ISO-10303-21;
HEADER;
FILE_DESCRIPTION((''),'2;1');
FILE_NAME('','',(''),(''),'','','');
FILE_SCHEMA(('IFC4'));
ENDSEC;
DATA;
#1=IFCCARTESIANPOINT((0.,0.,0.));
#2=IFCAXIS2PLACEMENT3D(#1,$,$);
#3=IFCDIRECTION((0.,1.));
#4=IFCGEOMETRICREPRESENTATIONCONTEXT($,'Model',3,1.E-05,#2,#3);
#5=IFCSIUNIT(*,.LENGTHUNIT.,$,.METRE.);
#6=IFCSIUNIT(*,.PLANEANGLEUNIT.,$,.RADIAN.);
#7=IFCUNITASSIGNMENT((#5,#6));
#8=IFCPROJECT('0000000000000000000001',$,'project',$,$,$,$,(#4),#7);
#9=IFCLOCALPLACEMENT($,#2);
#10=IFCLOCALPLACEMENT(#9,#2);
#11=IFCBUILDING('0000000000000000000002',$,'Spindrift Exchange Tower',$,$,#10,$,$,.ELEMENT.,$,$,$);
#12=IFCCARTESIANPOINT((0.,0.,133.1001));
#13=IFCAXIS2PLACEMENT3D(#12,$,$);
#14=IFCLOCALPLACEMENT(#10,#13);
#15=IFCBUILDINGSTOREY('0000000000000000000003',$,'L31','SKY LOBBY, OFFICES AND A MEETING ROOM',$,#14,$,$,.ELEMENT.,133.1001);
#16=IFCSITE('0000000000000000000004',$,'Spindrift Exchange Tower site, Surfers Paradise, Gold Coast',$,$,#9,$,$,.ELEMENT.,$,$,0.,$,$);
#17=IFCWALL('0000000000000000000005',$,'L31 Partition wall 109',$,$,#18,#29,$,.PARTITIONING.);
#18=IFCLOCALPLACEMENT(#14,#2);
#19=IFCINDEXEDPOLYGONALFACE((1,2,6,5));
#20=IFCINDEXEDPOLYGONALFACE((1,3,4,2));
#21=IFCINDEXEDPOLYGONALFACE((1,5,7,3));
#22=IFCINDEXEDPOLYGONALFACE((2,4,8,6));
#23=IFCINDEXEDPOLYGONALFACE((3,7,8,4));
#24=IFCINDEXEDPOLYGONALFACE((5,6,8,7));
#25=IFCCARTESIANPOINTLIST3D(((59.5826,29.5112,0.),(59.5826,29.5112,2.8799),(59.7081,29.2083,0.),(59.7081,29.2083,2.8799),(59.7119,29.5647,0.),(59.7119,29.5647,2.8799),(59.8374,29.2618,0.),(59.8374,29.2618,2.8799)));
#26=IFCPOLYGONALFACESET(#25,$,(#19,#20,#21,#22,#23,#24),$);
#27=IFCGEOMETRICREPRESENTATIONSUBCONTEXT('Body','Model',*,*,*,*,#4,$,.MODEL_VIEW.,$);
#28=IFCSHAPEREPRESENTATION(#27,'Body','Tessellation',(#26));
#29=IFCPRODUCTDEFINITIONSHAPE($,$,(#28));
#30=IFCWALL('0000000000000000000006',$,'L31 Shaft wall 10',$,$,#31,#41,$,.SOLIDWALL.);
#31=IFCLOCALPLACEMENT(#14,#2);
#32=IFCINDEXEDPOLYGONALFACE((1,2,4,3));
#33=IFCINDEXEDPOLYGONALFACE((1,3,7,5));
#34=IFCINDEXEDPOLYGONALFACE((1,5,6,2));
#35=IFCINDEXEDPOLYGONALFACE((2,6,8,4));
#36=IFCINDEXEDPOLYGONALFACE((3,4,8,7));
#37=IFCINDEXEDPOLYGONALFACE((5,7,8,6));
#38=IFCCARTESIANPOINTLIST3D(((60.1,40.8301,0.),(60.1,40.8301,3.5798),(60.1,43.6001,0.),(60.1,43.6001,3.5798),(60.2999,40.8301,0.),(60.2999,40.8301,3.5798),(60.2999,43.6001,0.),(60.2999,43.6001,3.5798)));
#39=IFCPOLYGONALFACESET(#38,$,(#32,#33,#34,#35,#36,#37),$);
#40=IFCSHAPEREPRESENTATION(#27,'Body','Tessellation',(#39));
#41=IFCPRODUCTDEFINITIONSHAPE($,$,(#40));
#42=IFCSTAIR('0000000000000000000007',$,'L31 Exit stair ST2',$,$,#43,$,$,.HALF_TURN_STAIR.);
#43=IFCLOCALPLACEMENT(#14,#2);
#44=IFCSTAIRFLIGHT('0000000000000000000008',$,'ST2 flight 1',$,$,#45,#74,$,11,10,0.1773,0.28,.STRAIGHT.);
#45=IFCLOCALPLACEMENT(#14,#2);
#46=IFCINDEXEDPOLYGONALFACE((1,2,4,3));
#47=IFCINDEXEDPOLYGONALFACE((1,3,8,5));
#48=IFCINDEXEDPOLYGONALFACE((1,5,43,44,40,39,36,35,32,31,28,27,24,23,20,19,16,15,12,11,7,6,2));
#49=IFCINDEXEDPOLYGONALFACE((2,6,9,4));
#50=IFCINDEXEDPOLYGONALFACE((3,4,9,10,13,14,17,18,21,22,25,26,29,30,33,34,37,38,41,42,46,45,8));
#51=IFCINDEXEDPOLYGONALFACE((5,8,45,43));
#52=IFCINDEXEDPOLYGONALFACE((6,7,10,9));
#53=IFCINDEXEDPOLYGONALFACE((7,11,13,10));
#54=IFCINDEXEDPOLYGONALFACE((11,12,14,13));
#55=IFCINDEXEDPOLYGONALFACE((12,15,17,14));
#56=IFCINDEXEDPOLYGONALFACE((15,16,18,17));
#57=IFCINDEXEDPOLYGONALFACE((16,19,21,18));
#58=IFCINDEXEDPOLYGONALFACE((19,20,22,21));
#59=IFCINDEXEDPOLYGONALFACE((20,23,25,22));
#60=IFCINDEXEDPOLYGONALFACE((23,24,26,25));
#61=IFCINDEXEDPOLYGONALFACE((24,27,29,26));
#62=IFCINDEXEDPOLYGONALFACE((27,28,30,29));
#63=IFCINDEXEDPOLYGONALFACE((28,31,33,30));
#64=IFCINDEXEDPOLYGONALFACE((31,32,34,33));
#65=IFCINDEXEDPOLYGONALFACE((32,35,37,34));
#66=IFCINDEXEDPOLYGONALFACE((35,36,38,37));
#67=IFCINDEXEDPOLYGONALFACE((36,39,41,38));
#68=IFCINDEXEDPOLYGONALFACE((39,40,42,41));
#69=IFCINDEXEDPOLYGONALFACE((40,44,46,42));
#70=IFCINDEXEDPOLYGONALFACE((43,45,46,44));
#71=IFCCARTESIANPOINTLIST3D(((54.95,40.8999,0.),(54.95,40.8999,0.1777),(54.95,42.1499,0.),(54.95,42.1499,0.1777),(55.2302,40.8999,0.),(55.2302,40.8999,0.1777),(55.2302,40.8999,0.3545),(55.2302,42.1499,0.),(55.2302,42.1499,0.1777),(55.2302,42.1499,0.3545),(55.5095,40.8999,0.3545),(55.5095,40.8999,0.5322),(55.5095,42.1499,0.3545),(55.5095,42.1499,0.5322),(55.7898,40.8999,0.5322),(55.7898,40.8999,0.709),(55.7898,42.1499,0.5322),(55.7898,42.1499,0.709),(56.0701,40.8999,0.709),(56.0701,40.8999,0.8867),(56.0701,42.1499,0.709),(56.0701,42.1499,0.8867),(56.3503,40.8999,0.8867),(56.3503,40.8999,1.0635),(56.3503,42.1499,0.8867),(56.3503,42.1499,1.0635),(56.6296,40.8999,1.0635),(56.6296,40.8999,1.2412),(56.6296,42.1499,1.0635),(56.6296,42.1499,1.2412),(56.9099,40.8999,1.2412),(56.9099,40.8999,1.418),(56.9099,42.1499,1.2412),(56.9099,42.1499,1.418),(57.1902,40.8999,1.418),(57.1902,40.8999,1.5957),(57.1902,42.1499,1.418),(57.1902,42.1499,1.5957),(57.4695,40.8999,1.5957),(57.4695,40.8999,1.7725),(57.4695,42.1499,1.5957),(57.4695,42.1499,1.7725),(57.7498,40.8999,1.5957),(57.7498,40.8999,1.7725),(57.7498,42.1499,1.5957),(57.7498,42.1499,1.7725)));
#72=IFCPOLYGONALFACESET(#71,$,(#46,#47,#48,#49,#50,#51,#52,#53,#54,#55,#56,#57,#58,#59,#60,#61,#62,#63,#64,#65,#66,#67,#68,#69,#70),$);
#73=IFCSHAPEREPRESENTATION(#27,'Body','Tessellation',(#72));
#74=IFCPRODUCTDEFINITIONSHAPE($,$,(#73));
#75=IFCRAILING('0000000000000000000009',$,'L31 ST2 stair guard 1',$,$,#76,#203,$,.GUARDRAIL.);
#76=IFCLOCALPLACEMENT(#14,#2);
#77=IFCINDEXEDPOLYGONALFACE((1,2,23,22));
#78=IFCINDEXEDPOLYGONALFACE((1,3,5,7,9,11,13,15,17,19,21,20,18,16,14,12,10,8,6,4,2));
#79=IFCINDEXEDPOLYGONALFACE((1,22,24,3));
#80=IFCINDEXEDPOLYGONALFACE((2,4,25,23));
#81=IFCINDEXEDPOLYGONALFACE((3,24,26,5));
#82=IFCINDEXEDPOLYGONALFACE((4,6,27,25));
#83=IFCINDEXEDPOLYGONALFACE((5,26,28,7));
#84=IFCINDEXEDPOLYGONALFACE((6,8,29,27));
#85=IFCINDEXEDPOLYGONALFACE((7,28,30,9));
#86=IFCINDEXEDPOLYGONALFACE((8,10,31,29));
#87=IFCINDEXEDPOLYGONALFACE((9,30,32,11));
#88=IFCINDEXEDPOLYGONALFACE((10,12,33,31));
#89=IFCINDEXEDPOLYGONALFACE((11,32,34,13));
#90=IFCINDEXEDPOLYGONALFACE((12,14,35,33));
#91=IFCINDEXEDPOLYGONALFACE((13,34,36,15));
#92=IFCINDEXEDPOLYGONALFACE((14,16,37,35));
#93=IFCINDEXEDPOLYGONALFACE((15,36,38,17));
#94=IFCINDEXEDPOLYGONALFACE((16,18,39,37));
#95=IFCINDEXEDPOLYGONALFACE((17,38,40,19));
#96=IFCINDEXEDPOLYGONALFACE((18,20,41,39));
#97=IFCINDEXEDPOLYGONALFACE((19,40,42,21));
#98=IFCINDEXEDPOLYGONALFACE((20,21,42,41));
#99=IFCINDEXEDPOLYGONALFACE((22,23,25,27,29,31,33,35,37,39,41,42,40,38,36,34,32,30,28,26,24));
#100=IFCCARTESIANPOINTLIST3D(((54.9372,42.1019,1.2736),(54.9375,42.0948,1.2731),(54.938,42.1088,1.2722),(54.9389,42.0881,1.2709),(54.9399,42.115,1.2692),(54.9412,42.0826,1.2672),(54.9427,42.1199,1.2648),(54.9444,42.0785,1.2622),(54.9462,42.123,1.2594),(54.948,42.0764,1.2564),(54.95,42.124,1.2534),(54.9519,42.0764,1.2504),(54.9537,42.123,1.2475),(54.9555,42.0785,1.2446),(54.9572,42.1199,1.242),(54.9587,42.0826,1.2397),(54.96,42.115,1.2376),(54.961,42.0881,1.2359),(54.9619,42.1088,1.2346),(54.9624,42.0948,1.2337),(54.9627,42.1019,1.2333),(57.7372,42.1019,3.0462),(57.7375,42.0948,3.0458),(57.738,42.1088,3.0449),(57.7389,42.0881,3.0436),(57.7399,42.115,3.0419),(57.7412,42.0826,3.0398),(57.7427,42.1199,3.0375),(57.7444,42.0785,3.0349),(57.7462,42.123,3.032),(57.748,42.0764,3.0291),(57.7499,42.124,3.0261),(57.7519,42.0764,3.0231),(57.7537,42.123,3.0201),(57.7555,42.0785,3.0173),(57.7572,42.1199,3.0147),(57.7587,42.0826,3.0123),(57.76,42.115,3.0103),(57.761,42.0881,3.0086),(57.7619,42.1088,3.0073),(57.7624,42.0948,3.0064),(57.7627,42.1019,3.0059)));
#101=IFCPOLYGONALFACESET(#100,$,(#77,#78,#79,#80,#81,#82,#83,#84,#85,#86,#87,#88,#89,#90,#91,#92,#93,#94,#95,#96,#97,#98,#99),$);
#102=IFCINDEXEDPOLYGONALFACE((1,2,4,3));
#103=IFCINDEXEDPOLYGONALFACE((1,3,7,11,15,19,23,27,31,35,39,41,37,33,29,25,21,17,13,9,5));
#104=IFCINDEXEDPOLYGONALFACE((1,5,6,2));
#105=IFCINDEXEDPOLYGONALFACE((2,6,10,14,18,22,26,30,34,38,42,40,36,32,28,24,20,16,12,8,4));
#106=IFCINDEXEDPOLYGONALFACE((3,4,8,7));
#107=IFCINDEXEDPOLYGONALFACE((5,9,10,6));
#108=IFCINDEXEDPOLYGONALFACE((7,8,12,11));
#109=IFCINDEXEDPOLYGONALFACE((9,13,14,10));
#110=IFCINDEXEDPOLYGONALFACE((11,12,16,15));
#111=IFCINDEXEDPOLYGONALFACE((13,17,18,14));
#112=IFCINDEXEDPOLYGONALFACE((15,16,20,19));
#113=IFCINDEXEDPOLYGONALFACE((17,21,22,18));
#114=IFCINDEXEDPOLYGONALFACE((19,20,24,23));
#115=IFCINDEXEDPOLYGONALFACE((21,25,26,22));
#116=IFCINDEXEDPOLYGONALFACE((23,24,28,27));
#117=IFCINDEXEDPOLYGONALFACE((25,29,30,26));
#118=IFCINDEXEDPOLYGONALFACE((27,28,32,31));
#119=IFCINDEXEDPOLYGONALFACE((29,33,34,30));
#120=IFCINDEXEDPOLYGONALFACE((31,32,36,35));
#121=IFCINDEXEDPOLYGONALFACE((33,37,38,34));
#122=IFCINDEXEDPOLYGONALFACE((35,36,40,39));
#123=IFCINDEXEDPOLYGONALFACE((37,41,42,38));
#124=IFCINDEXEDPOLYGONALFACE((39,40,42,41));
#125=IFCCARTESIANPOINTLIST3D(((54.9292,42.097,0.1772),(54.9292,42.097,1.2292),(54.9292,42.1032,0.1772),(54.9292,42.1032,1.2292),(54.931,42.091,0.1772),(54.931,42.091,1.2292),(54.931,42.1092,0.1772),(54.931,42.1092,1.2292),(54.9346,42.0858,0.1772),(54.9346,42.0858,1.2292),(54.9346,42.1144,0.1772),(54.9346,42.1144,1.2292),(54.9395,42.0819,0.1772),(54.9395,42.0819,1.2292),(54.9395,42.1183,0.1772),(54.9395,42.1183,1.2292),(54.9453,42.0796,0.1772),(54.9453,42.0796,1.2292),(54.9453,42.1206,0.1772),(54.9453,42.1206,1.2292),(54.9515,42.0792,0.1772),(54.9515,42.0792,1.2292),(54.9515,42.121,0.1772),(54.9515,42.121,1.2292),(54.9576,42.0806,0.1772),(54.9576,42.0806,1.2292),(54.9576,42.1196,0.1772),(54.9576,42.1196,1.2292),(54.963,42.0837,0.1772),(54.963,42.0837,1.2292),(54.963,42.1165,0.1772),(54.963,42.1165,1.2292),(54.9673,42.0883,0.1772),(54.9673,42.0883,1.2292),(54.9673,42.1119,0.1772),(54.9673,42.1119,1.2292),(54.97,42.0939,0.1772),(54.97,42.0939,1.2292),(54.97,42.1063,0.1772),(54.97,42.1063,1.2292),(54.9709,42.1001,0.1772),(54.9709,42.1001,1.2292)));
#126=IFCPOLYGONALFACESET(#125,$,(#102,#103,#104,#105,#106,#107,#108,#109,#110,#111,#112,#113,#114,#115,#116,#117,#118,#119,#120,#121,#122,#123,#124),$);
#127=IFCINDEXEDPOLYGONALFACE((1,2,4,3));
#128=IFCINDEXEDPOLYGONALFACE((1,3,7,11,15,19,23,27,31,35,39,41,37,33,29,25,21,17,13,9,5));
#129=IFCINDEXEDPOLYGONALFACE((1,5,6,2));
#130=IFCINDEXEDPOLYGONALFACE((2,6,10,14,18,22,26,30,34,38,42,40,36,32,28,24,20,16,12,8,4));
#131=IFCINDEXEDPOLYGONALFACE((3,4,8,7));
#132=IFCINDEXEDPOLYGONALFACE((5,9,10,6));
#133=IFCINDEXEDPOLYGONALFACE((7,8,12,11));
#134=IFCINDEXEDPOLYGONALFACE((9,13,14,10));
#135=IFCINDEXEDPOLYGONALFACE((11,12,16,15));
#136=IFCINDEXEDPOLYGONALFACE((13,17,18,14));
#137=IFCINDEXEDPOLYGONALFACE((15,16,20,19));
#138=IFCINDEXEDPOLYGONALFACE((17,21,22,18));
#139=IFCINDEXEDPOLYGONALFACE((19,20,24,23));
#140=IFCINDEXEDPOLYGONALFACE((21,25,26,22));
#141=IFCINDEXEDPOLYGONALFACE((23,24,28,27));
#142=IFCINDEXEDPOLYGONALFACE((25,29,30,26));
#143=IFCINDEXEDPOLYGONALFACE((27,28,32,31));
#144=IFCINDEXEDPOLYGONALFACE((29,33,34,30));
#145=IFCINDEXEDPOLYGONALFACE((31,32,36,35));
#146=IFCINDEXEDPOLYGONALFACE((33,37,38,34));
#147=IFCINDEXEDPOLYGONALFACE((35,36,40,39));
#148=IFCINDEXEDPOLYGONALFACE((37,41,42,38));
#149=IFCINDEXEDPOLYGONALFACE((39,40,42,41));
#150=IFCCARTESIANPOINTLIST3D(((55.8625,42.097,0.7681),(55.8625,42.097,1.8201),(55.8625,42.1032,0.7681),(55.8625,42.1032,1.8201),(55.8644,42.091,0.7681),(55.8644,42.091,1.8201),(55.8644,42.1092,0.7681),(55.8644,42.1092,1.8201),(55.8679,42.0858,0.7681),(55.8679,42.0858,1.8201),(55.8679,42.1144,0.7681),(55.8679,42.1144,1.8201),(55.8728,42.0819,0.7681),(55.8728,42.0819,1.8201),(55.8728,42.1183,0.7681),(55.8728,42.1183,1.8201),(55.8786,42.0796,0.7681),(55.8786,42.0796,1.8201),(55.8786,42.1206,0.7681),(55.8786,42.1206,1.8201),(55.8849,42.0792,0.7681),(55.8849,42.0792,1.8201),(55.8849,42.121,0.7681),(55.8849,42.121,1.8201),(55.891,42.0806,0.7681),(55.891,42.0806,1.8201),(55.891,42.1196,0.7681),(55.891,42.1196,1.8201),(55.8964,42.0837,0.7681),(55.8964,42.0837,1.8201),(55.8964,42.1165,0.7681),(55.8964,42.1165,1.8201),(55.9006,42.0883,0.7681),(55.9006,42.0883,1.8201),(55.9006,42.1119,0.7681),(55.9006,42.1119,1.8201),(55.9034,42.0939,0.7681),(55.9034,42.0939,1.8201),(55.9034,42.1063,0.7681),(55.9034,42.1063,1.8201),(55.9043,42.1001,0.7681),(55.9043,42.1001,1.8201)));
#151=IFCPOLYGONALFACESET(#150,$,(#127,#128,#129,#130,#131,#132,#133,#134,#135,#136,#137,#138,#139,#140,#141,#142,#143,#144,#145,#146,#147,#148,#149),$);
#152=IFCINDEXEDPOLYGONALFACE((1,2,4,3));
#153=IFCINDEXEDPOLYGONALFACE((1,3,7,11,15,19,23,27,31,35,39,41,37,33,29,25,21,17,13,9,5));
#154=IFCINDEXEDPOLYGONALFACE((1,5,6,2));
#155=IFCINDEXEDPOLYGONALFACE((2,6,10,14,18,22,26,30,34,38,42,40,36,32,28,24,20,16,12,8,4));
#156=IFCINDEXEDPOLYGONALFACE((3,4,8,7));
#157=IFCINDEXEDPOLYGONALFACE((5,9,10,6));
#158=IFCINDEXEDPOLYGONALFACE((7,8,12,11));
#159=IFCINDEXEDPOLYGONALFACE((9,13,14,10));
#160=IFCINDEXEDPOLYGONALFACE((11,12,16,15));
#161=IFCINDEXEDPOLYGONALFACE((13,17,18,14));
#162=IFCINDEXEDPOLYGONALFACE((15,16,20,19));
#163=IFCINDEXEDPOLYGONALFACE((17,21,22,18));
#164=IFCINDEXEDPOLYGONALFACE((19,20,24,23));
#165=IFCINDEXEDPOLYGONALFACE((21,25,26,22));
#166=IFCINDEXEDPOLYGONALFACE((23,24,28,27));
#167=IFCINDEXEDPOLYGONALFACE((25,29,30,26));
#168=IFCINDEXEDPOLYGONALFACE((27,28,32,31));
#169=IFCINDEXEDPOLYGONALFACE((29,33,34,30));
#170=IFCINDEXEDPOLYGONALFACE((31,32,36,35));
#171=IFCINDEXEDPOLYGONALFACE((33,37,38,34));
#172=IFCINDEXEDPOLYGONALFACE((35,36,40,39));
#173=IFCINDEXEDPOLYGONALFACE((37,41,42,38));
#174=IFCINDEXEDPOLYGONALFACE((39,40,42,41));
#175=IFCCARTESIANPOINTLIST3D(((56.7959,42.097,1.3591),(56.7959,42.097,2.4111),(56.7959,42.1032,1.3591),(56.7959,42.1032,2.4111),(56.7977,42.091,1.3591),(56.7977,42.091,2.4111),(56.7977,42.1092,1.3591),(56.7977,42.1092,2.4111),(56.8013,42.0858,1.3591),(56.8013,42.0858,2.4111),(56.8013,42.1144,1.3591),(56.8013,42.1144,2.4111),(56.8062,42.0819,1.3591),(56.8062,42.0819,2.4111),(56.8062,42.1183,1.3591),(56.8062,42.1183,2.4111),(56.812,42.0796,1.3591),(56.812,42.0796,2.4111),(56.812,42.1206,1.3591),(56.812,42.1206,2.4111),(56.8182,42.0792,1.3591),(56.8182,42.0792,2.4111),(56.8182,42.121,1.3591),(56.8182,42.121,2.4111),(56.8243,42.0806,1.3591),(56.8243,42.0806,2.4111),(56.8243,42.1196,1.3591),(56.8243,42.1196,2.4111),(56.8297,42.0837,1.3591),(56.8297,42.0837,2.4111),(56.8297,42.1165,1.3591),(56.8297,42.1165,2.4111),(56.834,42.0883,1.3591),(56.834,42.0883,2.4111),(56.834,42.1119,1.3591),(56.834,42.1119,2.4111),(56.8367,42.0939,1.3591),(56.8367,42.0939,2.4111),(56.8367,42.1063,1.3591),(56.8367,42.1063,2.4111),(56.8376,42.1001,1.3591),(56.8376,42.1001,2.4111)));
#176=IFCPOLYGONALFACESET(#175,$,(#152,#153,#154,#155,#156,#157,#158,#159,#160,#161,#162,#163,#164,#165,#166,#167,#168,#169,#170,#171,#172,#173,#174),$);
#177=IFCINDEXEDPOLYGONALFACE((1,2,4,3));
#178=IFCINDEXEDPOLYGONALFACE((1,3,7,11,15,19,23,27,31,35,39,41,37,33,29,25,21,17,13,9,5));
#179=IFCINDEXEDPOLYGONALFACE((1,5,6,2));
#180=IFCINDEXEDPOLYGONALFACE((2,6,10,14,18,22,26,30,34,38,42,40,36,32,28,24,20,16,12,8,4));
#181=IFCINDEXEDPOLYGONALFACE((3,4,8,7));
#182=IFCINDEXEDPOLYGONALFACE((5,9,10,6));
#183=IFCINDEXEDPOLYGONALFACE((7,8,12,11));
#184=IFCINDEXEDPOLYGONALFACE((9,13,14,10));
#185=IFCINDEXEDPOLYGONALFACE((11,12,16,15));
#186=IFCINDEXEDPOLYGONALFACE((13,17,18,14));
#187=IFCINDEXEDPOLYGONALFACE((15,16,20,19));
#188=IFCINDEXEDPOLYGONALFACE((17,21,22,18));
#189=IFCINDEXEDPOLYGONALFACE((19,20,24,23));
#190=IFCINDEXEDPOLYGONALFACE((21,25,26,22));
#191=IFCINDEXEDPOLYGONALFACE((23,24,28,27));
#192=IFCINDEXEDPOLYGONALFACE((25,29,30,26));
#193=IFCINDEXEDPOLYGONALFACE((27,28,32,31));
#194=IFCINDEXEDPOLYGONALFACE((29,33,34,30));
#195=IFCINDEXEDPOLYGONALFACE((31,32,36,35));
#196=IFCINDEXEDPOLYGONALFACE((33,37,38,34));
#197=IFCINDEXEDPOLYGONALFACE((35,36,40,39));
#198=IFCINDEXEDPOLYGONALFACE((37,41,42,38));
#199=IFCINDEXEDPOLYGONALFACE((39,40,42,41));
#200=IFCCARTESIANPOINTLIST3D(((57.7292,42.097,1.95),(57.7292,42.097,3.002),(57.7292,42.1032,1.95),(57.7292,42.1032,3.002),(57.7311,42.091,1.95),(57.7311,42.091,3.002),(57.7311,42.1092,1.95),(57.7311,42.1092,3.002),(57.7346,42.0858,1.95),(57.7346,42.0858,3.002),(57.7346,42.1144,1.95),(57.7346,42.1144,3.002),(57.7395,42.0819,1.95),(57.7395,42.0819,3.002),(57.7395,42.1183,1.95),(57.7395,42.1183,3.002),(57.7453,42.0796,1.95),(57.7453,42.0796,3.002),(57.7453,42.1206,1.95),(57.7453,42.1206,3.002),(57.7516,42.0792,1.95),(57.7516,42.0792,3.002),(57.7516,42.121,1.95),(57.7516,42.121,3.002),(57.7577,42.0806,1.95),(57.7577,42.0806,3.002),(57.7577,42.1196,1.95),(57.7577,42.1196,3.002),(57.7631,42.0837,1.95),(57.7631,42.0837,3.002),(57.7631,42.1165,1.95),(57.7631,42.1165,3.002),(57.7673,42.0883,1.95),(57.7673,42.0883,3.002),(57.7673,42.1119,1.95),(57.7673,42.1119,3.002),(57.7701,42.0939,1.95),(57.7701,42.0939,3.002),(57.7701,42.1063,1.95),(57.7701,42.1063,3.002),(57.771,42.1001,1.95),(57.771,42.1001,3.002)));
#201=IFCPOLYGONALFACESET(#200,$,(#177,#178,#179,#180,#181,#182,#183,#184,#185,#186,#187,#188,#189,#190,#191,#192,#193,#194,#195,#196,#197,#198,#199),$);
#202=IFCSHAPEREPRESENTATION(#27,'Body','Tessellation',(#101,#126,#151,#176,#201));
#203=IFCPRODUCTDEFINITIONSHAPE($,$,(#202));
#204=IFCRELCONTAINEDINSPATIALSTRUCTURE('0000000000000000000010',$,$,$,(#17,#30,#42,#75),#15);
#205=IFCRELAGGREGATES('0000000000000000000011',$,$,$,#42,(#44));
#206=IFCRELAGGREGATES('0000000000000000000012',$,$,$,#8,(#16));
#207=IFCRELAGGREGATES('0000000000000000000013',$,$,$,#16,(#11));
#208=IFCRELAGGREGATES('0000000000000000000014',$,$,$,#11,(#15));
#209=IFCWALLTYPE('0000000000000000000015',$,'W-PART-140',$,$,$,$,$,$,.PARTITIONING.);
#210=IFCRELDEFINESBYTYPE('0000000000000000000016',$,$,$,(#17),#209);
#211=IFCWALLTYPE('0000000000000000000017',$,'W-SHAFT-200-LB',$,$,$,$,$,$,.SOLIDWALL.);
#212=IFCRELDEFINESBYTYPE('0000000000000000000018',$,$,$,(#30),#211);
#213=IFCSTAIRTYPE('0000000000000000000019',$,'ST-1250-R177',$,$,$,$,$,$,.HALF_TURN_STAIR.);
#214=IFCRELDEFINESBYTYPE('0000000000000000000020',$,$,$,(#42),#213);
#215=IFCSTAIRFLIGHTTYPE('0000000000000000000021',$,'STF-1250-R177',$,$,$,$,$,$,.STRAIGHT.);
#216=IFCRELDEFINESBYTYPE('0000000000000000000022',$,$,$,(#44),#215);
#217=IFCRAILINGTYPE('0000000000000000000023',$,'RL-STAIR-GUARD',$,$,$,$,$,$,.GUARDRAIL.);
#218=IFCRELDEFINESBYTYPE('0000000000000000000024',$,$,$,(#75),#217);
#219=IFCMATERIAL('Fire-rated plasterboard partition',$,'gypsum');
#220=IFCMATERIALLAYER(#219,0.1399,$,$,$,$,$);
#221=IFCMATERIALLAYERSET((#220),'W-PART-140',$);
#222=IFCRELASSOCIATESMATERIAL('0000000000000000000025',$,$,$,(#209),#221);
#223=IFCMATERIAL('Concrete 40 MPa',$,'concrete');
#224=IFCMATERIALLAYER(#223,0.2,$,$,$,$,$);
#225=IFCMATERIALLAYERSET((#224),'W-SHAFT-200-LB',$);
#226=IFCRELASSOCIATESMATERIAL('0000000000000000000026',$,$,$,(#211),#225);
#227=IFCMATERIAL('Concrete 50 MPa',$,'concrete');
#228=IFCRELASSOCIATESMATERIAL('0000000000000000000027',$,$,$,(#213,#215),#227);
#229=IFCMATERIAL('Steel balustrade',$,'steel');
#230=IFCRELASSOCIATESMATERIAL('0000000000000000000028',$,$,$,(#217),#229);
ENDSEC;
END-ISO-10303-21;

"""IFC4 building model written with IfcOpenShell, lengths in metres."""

from ifc_helpers import new_model, si_unit, direction, frame, frame_2d, origin, origin_2d, place, context, subcontext, project, spatial, line, indexed_curve, rectangle, circle, outline, extrude, material, layer, layer_set, type_object, element, aggregate, save


model = new_model("IFC4")

# Units and contexts
model_context = context("Model", 3, precision=1e-05, world=origin(), true_north=direction((0.0, 1.0)))
body_context = subcontext(model_context, "Body", "Model", "MODEL_VIEW")
ifc_project = project(units=[si_unit("LENGTHUNIT", "METRE"), si_unit("PLANEANGLEUNIT", "RADIAN")], contexts=[model_context])

# Site, building, storey
site_placement = place(None, origin())
site = spatial("IfcSite", under=ifc_project, at=site_placement, Name="Spindrift Exchange Tower site, Surfers Paradise, Gold Coast", CompositionType="ELEMENT", RefElevation=0.0)
building_placement = place(site_placement, origin())
building = spatial("IfcBuilding", under=site, at=building_placement, Name="Spindrift Exchange Tower", CompositionType="ELEMENT")
storey_placement = place(building_placement, frame((0.0, 0.0, 133.1001)))
storey = spatial("IfcBuildingStorey", under=building, at=storey_placement, Name="L31", Description="SKY LOBBY, OFFICES AND A MEETING ROOM", CompositionType="ELEMENT", Elevation=133.1001)

# Shared definitions
ifc_material_1 = material(Name="Concrete 50 MPa", Category="concrete")

# Shared definitions
ifc_material_2 = material(Name="Concrete 40 MPa", Category="concrete")

# Shared definitions
ifc_material_3 = material(Name="Fire-rated plasterboard partition", Category="gypsum")

# Walls
ifc_layer_1 = layer(ifc_material_3, 0.1399)
ifc_layer_set_1 = layer_set([ifc_layer_1], Name="W-PART-140")
wall_type_1 = type_object("IfcWallType", Name="W-PART-140", PredefinedType="PARTITIONING", material=ifc_layer_set_1)
wall_1_placement = place(storey_placement, frame((59.6472, 29.5381, 0.0), z_axis=(0.0, 0.0, 1.0), x_axis=(0.382659, -0.92389, 0.0)))
element("IfcWall", 1, at=wall_1_placement, inside=storey, type_object=wall_type_1, Name="L31 Partition wall 109", PredefinedType="PARTITIONING", context=body_context, shape_type="SweptSolid", body=[
    extrude(rectangle(XDim=0.3279, YDim=0.1399, at=frame_2d((0.1641, 0.0))), origin(), (0.0, 0.0, 1.0), 2.8799),
])
ifc_layer_2 = layer(ifc_material_2, 0.2)
ifc_layer_set_2 = layer_set([ifc_layer_2], Name="W-SHAFT-200-LB")
wall_type_2 = type_object("IfcWallType", Name="W-SHAFT-200-LB", PredefinedType="SOLIDWALL", material=ifc_layer_set_2)
wall_2_placement = place(storey_placement, frame((60.2, 40.8301, 0.0), z_axis=(0.0, 0.0, 1.0), x_axis=(0.0, 1.0, 0.0)))
element("IfcWall", 2, at=wall_2_placement, inside=storey, type_object=wall_type_2, Name="L31 Shaft wall 10", PredefinedType="SOLIDWALL", context=body_context, shape_type="SweptSolid", body=[
    extrude(rectangle(XDim=2.77, YDim=0.2, at=frame_2d((1.385, 0.0))), origin(), (0.0, 0.0, 1.0), 3.5798),
])

# Stair, stair flight
stair_type = type_object("IfcStairType", Name="ST-1250-R177", PredefinedType="HALF_TURN_STAIR", material=ifc_material_1)
stair_placement = place(storey_placement, origin())
stair = element("IfcStair", 3, at=stair_placement, inside=storey, type_object=stair_type, Name="L31 Exit stair ST2", PredefinedType="HALF_TURN_STAIR")
stair_flight_type = type_object("IfcStairFlightType", Name="STF-1250-R177", PredefinedType="STRAIGHT", material=ifc_material_1)
stair_flight_placement = place(storey_placement, frame((54.95, 41.5249, 0.0), z_axis=(0.0, 0.0, 1.0), x_axis=(1.0, 0.0, 0.0)))
stair_flight = element("IfcStairFlight", 4, at=stair_flight_placement, type_object=stair_flight_type, Name="ST2 flight 1", NumberOfRisers=11, NumberOfTreads=10, PredefinedType="STRAIGHT", RiserHeight=0.1773, TreadLength=0.28, context=body_context, shape_type="SweptSolid", body=[
    extrude(outline(indexed_curve([(0.0, 0.0), (0.0, 0.1777), (0.2803, 0.1777), (0.2803, 0.3545), (0.5596, 0.3545), (0.5596, 0.5322), (0.8398, 0.5322), (0.8398, 0.709), (1.1201, 0.709), (1.1201, 0.8867), (1.4004, 0.8867), (1.4004, 1.0635), (1.6797, 1.0635), (1.6797, 1.2412), (1.96, 1.2412), (1.96, 1.418), (2.2402, 1.418), (2.2402, 1.5957), (2.5195, 1.5957), (2.5195, 1.7725), (2.7998, 1.7725), (2.7998, 1.9502), (2.7998, 1.5957), (0.2803, 0.0)], segments=[line(1, 2, 3, 4, 5, 6, 7, 8, 9, 10, 11, 12, 13, 14, 15, 16, 17, 18, 19, 20, 21, 22, 23, 24, 1)], self_intersect=False)), frame((0.0, 0.625, 0.0), z_axis=(0.0, -1.0, 0.0), x_axis=(1.0, 0.0, 0.0)), (0.0, 0.0, 1.0), 1.25),
])
aggregate(stair, [stair_flight])

# Railing
ifc_material_4 = material(Name="Steel balustrade", Category="steel")
railing_type_1 = type_object("IfcRailingType", Name="RL-STAIR-GUARD", PredefinedType="GUARDRAIL", material=ifc_material_4)
railing_1_placement = place(storey_placement, frame((54.95, 42.1001, 0.1772)))
element("IfcRailing", 5, at=railing_1_placement, inside=storey, type_object=railing_type_1, Name="L31 ST2 stair guard 1", PredefinedType="GUARDRAIL", context=body_context, shape_type="SweptSolid", body=[
    extrude(circle(Radius=0.0239, at=origin_2d()), frame((0.0, 0.0, 1.0762), z_axis=(0.844909, 0.0, 0.53491), x_axis=(0.0, 1.0, 0.0)), (0.0, 0.0, 1.0), 3.314),
    extrude(circle(Radius=0.021, at=origin_2d()), origin(), (0.0, 0.0, 1.0), 1.052),
    extrude(circle(Radius=0.021, at=origin_2d()), frame((0.9333, 0.0, 0.5908)), (0.0, 0.0, 1.0), 1.052),
    extrude(circle(Radius=0.021, at=origin_2d()), frame((1.8667, 0.0, 1.1819)), (0.0, 0.0, 1.0), 1.052),
    extrude(circle(Radius=0.021, at=origin_2d()), frame((2.8, 0.0, 1.7727)), (0.0, 0.0, 1.0), 1.052),
])

save(model, "model.ifc")
